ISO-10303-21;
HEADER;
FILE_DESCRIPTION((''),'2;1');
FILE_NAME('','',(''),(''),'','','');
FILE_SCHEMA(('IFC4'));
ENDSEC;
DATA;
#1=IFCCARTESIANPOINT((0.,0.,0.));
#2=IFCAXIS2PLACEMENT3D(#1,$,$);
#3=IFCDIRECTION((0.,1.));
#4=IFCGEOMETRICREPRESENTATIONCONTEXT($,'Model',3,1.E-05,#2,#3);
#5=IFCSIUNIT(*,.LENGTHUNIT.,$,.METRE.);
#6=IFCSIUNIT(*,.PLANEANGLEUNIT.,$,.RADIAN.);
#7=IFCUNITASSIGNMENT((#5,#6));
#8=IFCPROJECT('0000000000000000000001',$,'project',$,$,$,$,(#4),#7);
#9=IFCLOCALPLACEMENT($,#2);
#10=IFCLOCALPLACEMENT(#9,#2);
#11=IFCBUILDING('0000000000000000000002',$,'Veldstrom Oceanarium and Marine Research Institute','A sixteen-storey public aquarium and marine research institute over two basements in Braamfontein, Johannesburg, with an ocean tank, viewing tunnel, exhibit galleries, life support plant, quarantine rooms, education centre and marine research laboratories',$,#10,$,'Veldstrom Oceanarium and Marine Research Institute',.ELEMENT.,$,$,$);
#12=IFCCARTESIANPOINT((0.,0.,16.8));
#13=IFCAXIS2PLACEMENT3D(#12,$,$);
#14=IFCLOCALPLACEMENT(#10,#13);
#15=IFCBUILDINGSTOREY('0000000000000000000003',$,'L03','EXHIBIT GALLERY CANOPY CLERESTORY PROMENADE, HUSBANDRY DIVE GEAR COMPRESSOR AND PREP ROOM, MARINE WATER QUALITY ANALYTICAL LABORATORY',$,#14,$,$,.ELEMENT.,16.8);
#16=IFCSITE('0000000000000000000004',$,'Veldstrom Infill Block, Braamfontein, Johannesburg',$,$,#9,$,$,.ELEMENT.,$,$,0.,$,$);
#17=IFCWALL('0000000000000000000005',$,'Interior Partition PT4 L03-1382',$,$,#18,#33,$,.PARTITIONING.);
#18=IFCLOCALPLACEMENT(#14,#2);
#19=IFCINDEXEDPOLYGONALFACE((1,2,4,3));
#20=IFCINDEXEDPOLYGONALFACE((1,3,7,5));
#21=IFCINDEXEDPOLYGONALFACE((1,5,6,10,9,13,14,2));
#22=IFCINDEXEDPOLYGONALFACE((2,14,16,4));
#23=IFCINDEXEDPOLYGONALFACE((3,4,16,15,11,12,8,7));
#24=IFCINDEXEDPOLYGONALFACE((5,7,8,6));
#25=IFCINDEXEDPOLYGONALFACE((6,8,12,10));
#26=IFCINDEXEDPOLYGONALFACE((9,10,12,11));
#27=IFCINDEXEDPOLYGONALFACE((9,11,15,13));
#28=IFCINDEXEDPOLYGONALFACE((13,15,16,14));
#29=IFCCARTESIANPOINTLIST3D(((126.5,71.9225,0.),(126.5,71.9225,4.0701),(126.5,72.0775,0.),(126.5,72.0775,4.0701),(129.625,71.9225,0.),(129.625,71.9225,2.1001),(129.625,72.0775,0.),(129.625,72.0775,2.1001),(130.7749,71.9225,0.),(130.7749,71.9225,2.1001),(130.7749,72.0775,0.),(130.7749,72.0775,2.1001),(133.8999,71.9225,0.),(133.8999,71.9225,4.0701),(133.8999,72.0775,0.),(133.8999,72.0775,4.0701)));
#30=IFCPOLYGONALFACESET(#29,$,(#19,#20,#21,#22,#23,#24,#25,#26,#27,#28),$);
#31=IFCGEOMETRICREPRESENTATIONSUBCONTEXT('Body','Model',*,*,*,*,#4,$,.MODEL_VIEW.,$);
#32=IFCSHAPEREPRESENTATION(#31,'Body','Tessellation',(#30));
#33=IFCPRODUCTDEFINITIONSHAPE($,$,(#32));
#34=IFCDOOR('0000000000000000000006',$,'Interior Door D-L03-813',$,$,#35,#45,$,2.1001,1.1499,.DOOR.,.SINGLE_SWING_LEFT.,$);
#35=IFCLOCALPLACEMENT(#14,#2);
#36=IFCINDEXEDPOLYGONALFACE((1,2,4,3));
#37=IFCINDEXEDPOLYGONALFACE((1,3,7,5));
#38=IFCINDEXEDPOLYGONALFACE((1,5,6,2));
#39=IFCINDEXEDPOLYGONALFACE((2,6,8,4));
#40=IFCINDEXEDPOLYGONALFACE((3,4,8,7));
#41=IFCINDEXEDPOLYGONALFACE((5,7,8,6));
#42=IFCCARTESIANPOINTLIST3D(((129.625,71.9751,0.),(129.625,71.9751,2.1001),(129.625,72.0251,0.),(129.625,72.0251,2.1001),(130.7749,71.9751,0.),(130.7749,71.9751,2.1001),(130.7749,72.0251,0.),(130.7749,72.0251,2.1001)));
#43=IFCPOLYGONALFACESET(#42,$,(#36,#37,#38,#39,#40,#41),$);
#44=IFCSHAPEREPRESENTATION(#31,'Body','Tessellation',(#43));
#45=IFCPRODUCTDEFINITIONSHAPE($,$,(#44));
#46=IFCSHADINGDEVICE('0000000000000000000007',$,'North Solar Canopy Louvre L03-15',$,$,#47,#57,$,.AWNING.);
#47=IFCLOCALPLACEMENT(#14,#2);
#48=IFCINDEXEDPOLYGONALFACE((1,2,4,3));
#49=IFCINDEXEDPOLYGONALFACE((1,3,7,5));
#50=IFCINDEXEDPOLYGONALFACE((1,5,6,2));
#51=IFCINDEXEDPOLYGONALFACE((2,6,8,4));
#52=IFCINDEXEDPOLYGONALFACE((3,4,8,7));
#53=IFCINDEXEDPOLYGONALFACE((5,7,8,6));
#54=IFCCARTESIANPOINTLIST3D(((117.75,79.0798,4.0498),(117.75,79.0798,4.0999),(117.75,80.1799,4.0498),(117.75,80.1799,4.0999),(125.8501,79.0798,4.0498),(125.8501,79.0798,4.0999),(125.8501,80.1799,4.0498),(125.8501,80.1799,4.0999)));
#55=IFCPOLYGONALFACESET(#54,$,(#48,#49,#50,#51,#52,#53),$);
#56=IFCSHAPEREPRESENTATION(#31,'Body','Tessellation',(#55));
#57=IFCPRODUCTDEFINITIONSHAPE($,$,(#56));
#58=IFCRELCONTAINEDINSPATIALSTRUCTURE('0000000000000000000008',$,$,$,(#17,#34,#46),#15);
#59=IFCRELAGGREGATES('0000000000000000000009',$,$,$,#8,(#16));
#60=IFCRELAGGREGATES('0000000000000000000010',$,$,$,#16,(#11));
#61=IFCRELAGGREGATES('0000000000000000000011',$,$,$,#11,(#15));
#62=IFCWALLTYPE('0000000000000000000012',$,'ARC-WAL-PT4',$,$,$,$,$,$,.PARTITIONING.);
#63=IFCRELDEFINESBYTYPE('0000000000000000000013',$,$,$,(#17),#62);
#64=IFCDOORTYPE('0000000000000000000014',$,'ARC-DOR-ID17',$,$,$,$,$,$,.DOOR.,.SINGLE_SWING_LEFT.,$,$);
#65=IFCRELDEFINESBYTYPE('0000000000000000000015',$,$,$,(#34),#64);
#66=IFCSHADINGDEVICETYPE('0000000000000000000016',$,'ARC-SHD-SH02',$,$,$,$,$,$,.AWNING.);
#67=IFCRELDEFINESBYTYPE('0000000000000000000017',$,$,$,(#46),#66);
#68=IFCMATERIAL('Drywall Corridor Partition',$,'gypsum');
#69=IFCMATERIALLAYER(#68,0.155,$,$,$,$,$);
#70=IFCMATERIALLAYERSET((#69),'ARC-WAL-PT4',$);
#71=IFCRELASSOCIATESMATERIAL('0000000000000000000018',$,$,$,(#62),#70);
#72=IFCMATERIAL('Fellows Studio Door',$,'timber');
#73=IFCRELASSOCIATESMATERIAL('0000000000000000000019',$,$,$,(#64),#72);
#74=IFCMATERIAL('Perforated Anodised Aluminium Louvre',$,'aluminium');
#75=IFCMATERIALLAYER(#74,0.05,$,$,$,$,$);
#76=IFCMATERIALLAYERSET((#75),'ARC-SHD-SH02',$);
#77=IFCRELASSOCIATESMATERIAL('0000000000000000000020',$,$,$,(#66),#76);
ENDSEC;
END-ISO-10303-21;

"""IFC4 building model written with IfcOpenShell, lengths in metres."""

from ifc_helpers import new_model, si_unit, direction, frame, frame_2d, origin, origin_2d, place, context, subcontext, project, spatial, rectangle, extrude, material, layer, layer_set, type_object, element, fill, save


model = new_model("IFC4")

# Units and contexts
model_context = context("Model", 3, precision=1e-05, world=origin(), true_north=direction((0.0, 1.0)))
body_context = subcontext(model_context, "Body", "Model", "MODEL_VIEW")
ifc_project = project(units=[si_unit("LENGTHUNIT", "METRE"), si_unit("PLANEANGLEUNIT", "RADIAN")], contexts=[model_context])

# Site, building, storey
site_placement = place(None, origin())
site = spatial("IfcSite", under=ifc_project, at=site_placement, Name="Veldstrom Infill Block, Braamfontein, Johannesburg", CompositionType="ELEMENT", RefElevation=0.0)
building_placement = place(site_placement, origin())
building = spatial("IfcBuilding", under=site, at=building_placement, Name="Veldstrom Oceanarium and Marine Research Institute", Description="A sixteen-storey public aquarium and marine research institute over two basements in Braamfontein, Johannesburg, with an ocean tank, viewing tunnel, exhibit galleries, life support plant, quarantine rooms, education centre and marine research laboratories", LongName="Veldstrom Oceanarium and Marine Research Institute", CompositionType="ELEMENT")
storey_placement = place(building_placement, frame((0.0, 0.0, 16.8)))
storey = spatial("IfcBuildingStorey", under=building, at=storey_placement, Name="L03", Description="EXHIBIT GALLERY CANOPY CLERESTORY PROMENADE, HUSBANDRY DIVE GEAR COMPRESSOR AND PREP ROOM, MARINE WATER QUALITY ANALYTICAL LABORATORY", CompositionType="ELEMENT", Elevation=16.8)

# Wall, opening, door
ifc_material_1 = material(Name="Drywall Corridor Partition", Category="gypsum")
ifc_layer_1 = layer(ifc_material_1, 0.155)
ifc_layer_set_1 = layer_set([ifc_layer_1], Name="ARC-WAL-PT4")
wall_type_1 = type_object("IfcWallType", Name="ARC-WAL-PT4", PredefinedType="PARTITIONING", material=ifc_layer_set_1)
ifc_material_2 = material(Name="Fellows Studio Door", Category="timber")
door_type = type_object("IfcDoorType", Name="ARC-DOR-ID17", OperationType="SINGLE_SWING_LEFT", PredefinedType="DOOR", material=ifc_material_2)
wall_1_placement = place(storey_placement, frame((126.5, 72.0, 0.0), z_axis=(0.0, 0.0, 1.0), x_axis=(1.0, 0.0, 0.0)))
wall_1 = element("IfcWall", 1, at=wall_1_placement, inside=storey, type_object=wall_type_1, Name="Interior Partition PT4 L03-1382", PredefinedType="PARTITIONING", context=body_context, shape_type="SweptSolid", body=[
    extrude(rectangle(XDim=7.3999, YDim=0.155, at=frame_2d((3.7, 0.0))), origin(), (0.0, 0.0, 1.0), 4.0701),
])
opening_1_placement = place(wall_1_placement, frame((3.125, 0.0, 0.0)))
opening_1 = element("IfcOpeningElement", 2, at=opening_1_placement, cuts=wall_1, PredefinedType="OPENING", context=body_context, shape_type="SweptSolid", body=[
    extrude(rectangle(XDim=1.1499, YDim=2.1001, at=frame_2d((0.575, 1.05))), frame((0.0, 0.0874, 0.0), z_axis=(0.0, -1.0, 0.0), x_axis=(1.0, 0.0, 0.0)), (0.0, 0.0, 1.0), 0.175),
])
door_1_placement = place(opening_1_placement, frame((1.1499, 0.0, 0.0), z_axis=(0.0, 0.0, 1.0), x_axis=(-1.0, 0.0, 0.0)))
door_1 = element("IfcDoor", 3, at=door_1_placement, inside=storey, type_object=door_type, Name="Interior Door D-L03-813", OperationType="SINGLE_SWING_LEFT", OverallHeight=2.1001, OverallWidth=1.1499, PredefinedType="DOOR", context=body_context, shape_type="SweptSolid", body=[
    extrude(rectangle(XDim=1.1499, YDim=2.1001, at=frame_2d((0.575, 1.05))), frame((0.0, 0.0249, 0.0), z_axis=(0.0, -1.0, 0.0), x_axis=(1.0, 0.0, 0.0)), (0.0, 0.0, 1.0), 0.05),
])
fill(opening_1, door_1)

# Shading device
ifc_material_3 = material(Name="Perforated Anodised Aluminium Louvre", Category="aluminium")
ifc_layer_2 = layer(ifc_material_3, 0.05)
ifc_layer_set_2 = layer_set([ifc_layer_2], Name="ARC-SHD-SH02")
shading_device_type = type_object("IfcShadingDeviceType", Name="ARC-SHD-SH02", PredefinedType="AWNING", material=ifc_layer_set_2)
shading_device_placement = place(storey_placement, frame((121.8, 79.6299, 4.0498), z_axis=(0.0, 0.0, 1.0), x_axis=(1.0, 0.0, 0.0)))
element("IfcShadingDevice", 4, at=shading_device_placement, inside=storey, type_object=shading_device_type, Name="North Solar Canopy Louvre L03-15", PredefinedType="AWNING", context=body_context, shape_type="SweptSolid", body=[
    extrude(rectangle(XDim=8.1001, YDim=1.1001, at=origin_2d()), origin(), (0.0, 0.0, 1.0), 0.05),
])

save(model, "model.ifc")
